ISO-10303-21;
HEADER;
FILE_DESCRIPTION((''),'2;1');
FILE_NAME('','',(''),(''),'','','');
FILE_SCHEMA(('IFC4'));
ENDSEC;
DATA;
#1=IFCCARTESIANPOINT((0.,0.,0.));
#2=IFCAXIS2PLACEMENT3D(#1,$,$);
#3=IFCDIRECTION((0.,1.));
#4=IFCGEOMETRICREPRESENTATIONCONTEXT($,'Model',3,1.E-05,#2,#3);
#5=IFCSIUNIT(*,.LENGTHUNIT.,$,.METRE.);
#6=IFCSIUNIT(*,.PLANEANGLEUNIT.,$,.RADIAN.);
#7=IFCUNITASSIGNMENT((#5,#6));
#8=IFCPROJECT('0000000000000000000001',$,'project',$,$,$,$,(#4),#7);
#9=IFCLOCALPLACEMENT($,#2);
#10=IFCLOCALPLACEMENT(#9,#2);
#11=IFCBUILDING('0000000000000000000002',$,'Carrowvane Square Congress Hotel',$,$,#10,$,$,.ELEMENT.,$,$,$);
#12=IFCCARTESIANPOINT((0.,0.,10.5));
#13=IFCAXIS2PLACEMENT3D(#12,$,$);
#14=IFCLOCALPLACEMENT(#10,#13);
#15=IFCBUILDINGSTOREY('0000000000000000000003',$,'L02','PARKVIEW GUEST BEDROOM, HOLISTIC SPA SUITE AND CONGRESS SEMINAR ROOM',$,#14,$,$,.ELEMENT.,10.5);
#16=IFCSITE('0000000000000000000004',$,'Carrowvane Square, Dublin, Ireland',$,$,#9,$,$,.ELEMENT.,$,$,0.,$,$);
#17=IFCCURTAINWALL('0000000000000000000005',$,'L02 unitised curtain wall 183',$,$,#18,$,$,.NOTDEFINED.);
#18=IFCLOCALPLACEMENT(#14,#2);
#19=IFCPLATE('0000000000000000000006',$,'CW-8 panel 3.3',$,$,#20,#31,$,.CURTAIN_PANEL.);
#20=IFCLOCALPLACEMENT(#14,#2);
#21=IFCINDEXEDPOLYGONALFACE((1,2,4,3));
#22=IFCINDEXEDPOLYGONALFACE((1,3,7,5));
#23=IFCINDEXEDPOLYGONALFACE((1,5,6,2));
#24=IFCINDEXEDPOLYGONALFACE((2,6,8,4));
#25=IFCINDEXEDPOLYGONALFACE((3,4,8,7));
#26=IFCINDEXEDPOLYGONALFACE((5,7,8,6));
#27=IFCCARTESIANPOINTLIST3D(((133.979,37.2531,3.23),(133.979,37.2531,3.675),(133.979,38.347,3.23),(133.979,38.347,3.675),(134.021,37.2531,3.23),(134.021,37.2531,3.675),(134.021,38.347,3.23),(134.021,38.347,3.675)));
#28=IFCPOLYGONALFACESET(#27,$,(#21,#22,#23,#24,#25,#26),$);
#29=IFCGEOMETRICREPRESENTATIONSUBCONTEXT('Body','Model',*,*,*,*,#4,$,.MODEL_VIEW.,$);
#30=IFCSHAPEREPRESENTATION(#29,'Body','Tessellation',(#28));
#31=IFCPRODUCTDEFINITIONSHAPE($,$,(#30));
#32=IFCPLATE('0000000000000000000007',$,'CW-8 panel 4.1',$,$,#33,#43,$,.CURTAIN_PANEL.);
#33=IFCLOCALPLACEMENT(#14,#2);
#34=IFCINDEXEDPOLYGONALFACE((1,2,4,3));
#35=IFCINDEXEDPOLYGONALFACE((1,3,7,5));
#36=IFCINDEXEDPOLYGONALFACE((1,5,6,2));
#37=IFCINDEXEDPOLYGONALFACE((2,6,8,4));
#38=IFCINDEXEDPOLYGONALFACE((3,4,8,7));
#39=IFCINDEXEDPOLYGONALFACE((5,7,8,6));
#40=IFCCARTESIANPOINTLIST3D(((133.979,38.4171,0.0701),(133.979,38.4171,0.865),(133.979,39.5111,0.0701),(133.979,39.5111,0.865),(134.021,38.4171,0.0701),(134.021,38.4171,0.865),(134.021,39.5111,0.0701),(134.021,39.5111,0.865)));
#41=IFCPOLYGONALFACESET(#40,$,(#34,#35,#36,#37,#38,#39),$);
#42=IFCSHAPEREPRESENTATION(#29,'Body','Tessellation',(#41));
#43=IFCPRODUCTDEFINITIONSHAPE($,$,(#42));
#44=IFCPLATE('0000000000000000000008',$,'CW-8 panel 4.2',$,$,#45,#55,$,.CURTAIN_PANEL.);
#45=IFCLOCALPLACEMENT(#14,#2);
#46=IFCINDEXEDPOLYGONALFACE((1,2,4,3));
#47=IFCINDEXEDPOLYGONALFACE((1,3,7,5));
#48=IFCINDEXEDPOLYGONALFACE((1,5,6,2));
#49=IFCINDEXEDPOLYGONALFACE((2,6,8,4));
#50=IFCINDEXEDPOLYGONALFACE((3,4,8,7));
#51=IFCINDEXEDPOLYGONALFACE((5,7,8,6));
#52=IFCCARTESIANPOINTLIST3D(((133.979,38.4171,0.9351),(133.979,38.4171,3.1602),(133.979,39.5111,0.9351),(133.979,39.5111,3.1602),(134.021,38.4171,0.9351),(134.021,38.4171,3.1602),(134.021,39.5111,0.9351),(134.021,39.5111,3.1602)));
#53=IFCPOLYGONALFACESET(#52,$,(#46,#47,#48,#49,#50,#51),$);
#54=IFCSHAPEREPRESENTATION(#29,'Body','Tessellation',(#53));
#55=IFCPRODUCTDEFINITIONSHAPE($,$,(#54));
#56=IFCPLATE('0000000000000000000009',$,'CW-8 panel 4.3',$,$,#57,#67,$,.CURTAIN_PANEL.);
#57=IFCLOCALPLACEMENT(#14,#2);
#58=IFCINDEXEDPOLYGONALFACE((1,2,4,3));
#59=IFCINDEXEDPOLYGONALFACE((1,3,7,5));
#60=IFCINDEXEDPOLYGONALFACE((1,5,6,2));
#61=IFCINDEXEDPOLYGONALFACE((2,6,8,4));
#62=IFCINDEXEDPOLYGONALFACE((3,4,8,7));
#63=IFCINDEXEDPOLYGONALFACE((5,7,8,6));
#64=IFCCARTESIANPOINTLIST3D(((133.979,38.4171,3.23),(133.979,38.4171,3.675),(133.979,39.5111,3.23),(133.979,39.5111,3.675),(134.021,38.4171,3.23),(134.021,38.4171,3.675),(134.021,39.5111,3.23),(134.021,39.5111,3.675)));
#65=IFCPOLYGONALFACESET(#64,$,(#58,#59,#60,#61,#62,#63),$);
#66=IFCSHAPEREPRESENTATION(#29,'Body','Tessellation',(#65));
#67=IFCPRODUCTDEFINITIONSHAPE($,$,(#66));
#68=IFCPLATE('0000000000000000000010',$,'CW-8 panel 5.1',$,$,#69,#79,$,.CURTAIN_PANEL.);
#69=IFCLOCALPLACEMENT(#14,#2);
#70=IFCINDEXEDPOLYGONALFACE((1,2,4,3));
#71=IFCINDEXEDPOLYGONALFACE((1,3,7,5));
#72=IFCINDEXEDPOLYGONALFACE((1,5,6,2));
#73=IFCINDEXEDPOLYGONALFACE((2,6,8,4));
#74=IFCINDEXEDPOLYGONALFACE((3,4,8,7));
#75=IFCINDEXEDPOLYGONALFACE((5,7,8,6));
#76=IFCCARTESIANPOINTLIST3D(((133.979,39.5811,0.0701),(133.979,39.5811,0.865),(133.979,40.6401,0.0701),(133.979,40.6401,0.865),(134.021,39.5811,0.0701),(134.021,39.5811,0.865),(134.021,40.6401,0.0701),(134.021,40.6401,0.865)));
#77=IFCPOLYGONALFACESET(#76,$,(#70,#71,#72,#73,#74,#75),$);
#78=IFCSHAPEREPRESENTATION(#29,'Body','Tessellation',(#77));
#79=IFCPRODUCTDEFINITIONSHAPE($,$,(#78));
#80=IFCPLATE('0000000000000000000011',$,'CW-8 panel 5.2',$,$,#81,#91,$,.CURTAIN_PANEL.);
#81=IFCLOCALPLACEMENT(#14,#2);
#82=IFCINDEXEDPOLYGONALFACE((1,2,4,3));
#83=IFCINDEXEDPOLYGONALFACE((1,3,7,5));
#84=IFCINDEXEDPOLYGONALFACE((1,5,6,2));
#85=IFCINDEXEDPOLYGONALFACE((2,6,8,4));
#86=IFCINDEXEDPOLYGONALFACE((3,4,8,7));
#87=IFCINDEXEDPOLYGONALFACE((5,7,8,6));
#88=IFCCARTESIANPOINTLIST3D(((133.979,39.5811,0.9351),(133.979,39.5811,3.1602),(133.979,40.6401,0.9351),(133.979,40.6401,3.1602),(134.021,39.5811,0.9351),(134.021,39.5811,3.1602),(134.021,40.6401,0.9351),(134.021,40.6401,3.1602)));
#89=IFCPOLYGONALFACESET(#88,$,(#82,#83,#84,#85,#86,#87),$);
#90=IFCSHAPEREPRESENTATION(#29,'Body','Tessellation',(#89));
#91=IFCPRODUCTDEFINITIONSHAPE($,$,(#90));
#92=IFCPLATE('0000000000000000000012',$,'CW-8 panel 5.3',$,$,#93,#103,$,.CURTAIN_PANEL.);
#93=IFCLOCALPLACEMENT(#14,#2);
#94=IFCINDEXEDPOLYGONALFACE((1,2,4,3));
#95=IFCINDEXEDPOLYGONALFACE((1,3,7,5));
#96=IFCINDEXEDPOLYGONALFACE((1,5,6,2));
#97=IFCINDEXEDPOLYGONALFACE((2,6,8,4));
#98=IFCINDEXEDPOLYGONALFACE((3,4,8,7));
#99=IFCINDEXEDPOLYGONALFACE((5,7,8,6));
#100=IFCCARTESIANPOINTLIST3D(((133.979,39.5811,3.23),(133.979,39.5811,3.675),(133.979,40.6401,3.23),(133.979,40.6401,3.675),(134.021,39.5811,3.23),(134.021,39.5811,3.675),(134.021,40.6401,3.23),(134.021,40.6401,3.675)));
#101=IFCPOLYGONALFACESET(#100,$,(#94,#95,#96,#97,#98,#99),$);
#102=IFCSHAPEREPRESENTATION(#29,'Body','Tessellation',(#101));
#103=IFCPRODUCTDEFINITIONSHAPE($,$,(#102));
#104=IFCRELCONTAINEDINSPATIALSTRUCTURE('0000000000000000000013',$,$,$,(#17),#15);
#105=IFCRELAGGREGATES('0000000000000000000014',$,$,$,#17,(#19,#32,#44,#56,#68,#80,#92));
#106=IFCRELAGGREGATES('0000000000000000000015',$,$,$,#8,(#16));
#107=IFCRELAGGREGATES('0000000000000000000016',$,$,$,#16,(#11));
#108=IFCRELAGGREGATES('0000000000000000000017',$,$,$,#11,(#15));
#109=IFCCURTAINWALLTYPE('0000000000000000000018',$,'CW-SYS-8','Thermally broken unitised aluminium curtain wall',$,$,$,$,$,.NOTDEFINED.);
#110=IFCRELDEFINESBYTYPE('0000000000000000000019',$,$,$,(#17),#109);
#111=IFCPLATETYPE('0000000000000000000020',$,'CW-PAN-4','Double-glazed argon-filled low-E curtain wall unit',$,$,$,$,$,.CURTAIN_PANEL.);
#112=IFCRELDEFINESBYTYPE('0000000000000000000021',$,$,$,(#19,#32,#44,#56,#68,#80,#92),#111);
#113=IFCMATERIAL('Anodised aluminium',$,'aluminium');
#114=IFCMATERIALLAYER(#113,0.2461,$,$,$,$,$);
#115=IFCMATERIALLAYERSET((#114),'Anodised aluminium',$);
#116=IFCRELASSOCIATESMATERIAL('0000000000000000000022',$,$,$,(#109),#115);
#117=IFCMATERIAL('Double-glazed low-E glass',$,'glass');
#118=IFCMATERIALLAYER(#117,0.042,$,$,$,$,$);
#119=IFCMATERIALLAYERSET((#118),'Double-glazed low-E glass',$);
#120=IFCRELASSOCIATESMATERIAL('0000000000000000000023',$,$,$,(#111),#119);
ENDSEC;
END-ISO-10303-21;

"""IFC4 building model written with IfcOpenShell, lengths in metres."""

from ifc_helpers import new_model, si_unit, direction, frame, origin, origin_2d, place, context, subcontext, project, spatial, rectangle, extrude, material, layer, layer_set, type_object, element, aggregate, save


model = new_model("IFC4")

# Units and contexts
model_context = context("Model", 3, precision=1e-05, world=origin(), true_north=direction((0.0, 1.0)))
body_context = subcontext(model_context, "Body", "Model", "MODEL_VIEW")
ifc_project = project(units=[si_unit("LENGTHUNIT", "METRE"), si_unit("PLANEANGLEUNIT", "RADIAN")], contexts=[model_context])

# Site, building, storey
site_placement = place(None, origin())
site = spatial("IfcSite", under=ifc_project, at=site_placement, Name="Carrowvane Square, Dublin, Ireland", CompositionType="ELEMENT", RefElevation=0.0)
building_placement = place(site_placement, origin())
building = spatial("IfcBuilding", under=site, at=building_placement, Name="Carrowvane Square Congress Hotel", CompositionType="ELEMENT")
storey_placement = place(building_placement, frame((0.0, 0.0, 10.5)))
storey = spatial("IfcBuildingStorey", under=building, at=storey_placement, Name="L02", Description="PARKVIEW GUEST BEDROOM, HOLISTIC SPA SUITE AND CONGRESS SEMINAR ROOM", CompositionType="ELEMENT", Elevation=10.5)

# Curtain wall, plates
ifc_material_1 = material(Name="Anodised aluminium", Category="aluminium")
ifc_layer_1 = layer(ifc_material_1, 0.2461)
ifc_layer_set_1 = layer_set([ifc_layer_1], Name="Anodised aluminium")
curtain_wall_type = type_object("IfcCurtainWallType", Name="CW-SYS-8", Description="Thermally broken unitised aluminium curtain wall", PredefinedType="NOTDEFINED", material=ifc_layer_set_1)
curtain_wall_placement = place(storey_placement, origin())
curtain_wall = element("IfcCurtainWall", 1, at=curtain_wall_placement, inside=storey, type_object=curtain_wall_type, Name="L02 unitised curtain wall 183", PredefinedType="NOTDEFINED")
ifc_material_2 = material(Name="Double-glazed low-E glass", Category="glass")
ifc_layer_2 = layer(ifc_material_2, 0.042)
ifc_layer_set_2 = layer_set([ifc_layer_2], Name="Double-glazed low-E glass")
plate_type = type_object("IfcPlateType", Name="CW-PAN-4", Description="Double-glazed argon-filled low-E curtain wall unit", PredefinedType="CURTAIN_PANEL", material=ifc_layer_set_2)
plate_1_placement = place(storey_placement, frame((134.0, 37.8, 3.23), z_axis=(0.0, 0.0, 1.0), x_axis=(0.0, 1.0, 0.0)))
plate_1 = element("IfcPlate", 2, at=plate_1_placement, type_object=plate_type, Name="CW-8 panel 3.3", PredefinedType="CURTAIN_PANEL", context=body_context, shape_type="SweptSolid", body=[
    extrude(rectangle(XDim=1.094, YDim=0.042, at=origin_2d()), origin(), (0.0, 0.0, 1.0), 0.4451),
])
plate_2_placement = place(storey_placement, frame((134.0, 38.9641, 0.0701), z_axis=(0.0, 0.0, 1.0), x_axis=(0.0, 1.0, 0.0)))
plate_2 = element("IfcPlate", 3, at=plate_2_placement, type_object=plate_type, Name="CW-8 panel 4.1", PredefinedType="CURTAIN_PANEL", context=body_context, shape_type="SweptSolid", body=[
    extrude(rectangle(XDim=1.094, YDim=0.042, at=origin_2d()), origin(), (0.0, 0.0, 1.0), 0.7949),
])
plate_3_placement = place(storey_placement, frame((134.0, 38.9641, 0.9351), z_axis=(0.0, 0.0, 1.0), x_axis=(0.0, 1.0, 0.0)))
plate_3 = element("IfcPlate", 4, at=plate_3_placement, type_object=plate_type, Name="CW-8 panel 4.2", PredefinedType="CURTAIN_PANEL", context=body_context, shape_type="SweptSolid", body=[
    extrude(rectangle(XDim=1.094, YDim=0.042, at=origin_2d()), origin(), (0.0, 0.0, 1.0), 2.2251),
])
plate_4_placement = place(storey_placement, frame((134.0, 38.9641, 3.23), z_axis=(0.0, 0.0, 1.0), x_axis=(0.0, 1.0, 0.0)))
plate_4 = element("IfcPlate", 5, at=plate_4_placement, type_object=plate_type, Name="CW-8 panel 4.3", PredefinedType="CURTAIN_PANEL", context=body_context, shape_type="SweptSolid", body=[
    extrude(rectangle(XDim=1.094, YDim=0.042, at=origin_2d()), origin(), (0.0, 0.0, 1.0), 0.4451),
])
plate_5_placement = place(storey_placement, frame((134.0, 40.1106, 0.0701), z_axis=(0.0, 0.0, 1.0), x_axis=(0.0, 1.0, 0.0)))
plate_5 = element("IfcPlate", 6, at=plate_5_placement, type_object=plate_type, Name="CW-8 panel 5.1", PredefinedType="CURTAIN_PANEL", context=body_context, shape_type="SweptSolid", body=[
    extrude(rectangle(XDim=1.0591, YDim=0.042, at=origin_2d()), origin(), (0.0, 0.0, 1.0), 0.7949),
])
plate_6_placement = place(storey_placement, frame((134.0, 40.1106, 0.9351), z_axis=(0.0, 0.0, 1.0), x_axis=(0.0, 1.0, 0.0)))
plate_6 = element("IfcPlate", 7, at=plate_6_placement, type_object=plate_type, Name="CW-8 panel 5.2", PredefinedType="CURTAIN_PANEL", context=body_context, shape_type="SweptSolid", body=[
    extrude(rectangle(XDim=1.0591, YDim=0.042, at=origin_2d()), origin(), (0.0, 0.0, 1.0), 2.2251),
])
plate_7_placement = place(storey_placement, frame((134.0, 40.1106, 3.23), z_axis=(0.0, 0.0, 1.0), x_axis=(0.0, 1.0, 0.0)))
plate_7 = element("IfcPlate", 8, at=plate_7_placement, type_object=plate_type, Name="CW-8 panel 5.3", PredefinedType="CURTAIN_PANEL", context=body_context, shape_type="SweptSolid", body=[
    extrude(rectangle(XDim=1.0591, YDim=0.042, at=origin_2d()), origin(), (0.0, 0.0, 1.0), 0.4451),
])
aggregate(curtain_wall, [plate_1, plate_2, plate_3, plate_4, plate_5, plate_6, plate_7])

save(model, "model.ifc")
